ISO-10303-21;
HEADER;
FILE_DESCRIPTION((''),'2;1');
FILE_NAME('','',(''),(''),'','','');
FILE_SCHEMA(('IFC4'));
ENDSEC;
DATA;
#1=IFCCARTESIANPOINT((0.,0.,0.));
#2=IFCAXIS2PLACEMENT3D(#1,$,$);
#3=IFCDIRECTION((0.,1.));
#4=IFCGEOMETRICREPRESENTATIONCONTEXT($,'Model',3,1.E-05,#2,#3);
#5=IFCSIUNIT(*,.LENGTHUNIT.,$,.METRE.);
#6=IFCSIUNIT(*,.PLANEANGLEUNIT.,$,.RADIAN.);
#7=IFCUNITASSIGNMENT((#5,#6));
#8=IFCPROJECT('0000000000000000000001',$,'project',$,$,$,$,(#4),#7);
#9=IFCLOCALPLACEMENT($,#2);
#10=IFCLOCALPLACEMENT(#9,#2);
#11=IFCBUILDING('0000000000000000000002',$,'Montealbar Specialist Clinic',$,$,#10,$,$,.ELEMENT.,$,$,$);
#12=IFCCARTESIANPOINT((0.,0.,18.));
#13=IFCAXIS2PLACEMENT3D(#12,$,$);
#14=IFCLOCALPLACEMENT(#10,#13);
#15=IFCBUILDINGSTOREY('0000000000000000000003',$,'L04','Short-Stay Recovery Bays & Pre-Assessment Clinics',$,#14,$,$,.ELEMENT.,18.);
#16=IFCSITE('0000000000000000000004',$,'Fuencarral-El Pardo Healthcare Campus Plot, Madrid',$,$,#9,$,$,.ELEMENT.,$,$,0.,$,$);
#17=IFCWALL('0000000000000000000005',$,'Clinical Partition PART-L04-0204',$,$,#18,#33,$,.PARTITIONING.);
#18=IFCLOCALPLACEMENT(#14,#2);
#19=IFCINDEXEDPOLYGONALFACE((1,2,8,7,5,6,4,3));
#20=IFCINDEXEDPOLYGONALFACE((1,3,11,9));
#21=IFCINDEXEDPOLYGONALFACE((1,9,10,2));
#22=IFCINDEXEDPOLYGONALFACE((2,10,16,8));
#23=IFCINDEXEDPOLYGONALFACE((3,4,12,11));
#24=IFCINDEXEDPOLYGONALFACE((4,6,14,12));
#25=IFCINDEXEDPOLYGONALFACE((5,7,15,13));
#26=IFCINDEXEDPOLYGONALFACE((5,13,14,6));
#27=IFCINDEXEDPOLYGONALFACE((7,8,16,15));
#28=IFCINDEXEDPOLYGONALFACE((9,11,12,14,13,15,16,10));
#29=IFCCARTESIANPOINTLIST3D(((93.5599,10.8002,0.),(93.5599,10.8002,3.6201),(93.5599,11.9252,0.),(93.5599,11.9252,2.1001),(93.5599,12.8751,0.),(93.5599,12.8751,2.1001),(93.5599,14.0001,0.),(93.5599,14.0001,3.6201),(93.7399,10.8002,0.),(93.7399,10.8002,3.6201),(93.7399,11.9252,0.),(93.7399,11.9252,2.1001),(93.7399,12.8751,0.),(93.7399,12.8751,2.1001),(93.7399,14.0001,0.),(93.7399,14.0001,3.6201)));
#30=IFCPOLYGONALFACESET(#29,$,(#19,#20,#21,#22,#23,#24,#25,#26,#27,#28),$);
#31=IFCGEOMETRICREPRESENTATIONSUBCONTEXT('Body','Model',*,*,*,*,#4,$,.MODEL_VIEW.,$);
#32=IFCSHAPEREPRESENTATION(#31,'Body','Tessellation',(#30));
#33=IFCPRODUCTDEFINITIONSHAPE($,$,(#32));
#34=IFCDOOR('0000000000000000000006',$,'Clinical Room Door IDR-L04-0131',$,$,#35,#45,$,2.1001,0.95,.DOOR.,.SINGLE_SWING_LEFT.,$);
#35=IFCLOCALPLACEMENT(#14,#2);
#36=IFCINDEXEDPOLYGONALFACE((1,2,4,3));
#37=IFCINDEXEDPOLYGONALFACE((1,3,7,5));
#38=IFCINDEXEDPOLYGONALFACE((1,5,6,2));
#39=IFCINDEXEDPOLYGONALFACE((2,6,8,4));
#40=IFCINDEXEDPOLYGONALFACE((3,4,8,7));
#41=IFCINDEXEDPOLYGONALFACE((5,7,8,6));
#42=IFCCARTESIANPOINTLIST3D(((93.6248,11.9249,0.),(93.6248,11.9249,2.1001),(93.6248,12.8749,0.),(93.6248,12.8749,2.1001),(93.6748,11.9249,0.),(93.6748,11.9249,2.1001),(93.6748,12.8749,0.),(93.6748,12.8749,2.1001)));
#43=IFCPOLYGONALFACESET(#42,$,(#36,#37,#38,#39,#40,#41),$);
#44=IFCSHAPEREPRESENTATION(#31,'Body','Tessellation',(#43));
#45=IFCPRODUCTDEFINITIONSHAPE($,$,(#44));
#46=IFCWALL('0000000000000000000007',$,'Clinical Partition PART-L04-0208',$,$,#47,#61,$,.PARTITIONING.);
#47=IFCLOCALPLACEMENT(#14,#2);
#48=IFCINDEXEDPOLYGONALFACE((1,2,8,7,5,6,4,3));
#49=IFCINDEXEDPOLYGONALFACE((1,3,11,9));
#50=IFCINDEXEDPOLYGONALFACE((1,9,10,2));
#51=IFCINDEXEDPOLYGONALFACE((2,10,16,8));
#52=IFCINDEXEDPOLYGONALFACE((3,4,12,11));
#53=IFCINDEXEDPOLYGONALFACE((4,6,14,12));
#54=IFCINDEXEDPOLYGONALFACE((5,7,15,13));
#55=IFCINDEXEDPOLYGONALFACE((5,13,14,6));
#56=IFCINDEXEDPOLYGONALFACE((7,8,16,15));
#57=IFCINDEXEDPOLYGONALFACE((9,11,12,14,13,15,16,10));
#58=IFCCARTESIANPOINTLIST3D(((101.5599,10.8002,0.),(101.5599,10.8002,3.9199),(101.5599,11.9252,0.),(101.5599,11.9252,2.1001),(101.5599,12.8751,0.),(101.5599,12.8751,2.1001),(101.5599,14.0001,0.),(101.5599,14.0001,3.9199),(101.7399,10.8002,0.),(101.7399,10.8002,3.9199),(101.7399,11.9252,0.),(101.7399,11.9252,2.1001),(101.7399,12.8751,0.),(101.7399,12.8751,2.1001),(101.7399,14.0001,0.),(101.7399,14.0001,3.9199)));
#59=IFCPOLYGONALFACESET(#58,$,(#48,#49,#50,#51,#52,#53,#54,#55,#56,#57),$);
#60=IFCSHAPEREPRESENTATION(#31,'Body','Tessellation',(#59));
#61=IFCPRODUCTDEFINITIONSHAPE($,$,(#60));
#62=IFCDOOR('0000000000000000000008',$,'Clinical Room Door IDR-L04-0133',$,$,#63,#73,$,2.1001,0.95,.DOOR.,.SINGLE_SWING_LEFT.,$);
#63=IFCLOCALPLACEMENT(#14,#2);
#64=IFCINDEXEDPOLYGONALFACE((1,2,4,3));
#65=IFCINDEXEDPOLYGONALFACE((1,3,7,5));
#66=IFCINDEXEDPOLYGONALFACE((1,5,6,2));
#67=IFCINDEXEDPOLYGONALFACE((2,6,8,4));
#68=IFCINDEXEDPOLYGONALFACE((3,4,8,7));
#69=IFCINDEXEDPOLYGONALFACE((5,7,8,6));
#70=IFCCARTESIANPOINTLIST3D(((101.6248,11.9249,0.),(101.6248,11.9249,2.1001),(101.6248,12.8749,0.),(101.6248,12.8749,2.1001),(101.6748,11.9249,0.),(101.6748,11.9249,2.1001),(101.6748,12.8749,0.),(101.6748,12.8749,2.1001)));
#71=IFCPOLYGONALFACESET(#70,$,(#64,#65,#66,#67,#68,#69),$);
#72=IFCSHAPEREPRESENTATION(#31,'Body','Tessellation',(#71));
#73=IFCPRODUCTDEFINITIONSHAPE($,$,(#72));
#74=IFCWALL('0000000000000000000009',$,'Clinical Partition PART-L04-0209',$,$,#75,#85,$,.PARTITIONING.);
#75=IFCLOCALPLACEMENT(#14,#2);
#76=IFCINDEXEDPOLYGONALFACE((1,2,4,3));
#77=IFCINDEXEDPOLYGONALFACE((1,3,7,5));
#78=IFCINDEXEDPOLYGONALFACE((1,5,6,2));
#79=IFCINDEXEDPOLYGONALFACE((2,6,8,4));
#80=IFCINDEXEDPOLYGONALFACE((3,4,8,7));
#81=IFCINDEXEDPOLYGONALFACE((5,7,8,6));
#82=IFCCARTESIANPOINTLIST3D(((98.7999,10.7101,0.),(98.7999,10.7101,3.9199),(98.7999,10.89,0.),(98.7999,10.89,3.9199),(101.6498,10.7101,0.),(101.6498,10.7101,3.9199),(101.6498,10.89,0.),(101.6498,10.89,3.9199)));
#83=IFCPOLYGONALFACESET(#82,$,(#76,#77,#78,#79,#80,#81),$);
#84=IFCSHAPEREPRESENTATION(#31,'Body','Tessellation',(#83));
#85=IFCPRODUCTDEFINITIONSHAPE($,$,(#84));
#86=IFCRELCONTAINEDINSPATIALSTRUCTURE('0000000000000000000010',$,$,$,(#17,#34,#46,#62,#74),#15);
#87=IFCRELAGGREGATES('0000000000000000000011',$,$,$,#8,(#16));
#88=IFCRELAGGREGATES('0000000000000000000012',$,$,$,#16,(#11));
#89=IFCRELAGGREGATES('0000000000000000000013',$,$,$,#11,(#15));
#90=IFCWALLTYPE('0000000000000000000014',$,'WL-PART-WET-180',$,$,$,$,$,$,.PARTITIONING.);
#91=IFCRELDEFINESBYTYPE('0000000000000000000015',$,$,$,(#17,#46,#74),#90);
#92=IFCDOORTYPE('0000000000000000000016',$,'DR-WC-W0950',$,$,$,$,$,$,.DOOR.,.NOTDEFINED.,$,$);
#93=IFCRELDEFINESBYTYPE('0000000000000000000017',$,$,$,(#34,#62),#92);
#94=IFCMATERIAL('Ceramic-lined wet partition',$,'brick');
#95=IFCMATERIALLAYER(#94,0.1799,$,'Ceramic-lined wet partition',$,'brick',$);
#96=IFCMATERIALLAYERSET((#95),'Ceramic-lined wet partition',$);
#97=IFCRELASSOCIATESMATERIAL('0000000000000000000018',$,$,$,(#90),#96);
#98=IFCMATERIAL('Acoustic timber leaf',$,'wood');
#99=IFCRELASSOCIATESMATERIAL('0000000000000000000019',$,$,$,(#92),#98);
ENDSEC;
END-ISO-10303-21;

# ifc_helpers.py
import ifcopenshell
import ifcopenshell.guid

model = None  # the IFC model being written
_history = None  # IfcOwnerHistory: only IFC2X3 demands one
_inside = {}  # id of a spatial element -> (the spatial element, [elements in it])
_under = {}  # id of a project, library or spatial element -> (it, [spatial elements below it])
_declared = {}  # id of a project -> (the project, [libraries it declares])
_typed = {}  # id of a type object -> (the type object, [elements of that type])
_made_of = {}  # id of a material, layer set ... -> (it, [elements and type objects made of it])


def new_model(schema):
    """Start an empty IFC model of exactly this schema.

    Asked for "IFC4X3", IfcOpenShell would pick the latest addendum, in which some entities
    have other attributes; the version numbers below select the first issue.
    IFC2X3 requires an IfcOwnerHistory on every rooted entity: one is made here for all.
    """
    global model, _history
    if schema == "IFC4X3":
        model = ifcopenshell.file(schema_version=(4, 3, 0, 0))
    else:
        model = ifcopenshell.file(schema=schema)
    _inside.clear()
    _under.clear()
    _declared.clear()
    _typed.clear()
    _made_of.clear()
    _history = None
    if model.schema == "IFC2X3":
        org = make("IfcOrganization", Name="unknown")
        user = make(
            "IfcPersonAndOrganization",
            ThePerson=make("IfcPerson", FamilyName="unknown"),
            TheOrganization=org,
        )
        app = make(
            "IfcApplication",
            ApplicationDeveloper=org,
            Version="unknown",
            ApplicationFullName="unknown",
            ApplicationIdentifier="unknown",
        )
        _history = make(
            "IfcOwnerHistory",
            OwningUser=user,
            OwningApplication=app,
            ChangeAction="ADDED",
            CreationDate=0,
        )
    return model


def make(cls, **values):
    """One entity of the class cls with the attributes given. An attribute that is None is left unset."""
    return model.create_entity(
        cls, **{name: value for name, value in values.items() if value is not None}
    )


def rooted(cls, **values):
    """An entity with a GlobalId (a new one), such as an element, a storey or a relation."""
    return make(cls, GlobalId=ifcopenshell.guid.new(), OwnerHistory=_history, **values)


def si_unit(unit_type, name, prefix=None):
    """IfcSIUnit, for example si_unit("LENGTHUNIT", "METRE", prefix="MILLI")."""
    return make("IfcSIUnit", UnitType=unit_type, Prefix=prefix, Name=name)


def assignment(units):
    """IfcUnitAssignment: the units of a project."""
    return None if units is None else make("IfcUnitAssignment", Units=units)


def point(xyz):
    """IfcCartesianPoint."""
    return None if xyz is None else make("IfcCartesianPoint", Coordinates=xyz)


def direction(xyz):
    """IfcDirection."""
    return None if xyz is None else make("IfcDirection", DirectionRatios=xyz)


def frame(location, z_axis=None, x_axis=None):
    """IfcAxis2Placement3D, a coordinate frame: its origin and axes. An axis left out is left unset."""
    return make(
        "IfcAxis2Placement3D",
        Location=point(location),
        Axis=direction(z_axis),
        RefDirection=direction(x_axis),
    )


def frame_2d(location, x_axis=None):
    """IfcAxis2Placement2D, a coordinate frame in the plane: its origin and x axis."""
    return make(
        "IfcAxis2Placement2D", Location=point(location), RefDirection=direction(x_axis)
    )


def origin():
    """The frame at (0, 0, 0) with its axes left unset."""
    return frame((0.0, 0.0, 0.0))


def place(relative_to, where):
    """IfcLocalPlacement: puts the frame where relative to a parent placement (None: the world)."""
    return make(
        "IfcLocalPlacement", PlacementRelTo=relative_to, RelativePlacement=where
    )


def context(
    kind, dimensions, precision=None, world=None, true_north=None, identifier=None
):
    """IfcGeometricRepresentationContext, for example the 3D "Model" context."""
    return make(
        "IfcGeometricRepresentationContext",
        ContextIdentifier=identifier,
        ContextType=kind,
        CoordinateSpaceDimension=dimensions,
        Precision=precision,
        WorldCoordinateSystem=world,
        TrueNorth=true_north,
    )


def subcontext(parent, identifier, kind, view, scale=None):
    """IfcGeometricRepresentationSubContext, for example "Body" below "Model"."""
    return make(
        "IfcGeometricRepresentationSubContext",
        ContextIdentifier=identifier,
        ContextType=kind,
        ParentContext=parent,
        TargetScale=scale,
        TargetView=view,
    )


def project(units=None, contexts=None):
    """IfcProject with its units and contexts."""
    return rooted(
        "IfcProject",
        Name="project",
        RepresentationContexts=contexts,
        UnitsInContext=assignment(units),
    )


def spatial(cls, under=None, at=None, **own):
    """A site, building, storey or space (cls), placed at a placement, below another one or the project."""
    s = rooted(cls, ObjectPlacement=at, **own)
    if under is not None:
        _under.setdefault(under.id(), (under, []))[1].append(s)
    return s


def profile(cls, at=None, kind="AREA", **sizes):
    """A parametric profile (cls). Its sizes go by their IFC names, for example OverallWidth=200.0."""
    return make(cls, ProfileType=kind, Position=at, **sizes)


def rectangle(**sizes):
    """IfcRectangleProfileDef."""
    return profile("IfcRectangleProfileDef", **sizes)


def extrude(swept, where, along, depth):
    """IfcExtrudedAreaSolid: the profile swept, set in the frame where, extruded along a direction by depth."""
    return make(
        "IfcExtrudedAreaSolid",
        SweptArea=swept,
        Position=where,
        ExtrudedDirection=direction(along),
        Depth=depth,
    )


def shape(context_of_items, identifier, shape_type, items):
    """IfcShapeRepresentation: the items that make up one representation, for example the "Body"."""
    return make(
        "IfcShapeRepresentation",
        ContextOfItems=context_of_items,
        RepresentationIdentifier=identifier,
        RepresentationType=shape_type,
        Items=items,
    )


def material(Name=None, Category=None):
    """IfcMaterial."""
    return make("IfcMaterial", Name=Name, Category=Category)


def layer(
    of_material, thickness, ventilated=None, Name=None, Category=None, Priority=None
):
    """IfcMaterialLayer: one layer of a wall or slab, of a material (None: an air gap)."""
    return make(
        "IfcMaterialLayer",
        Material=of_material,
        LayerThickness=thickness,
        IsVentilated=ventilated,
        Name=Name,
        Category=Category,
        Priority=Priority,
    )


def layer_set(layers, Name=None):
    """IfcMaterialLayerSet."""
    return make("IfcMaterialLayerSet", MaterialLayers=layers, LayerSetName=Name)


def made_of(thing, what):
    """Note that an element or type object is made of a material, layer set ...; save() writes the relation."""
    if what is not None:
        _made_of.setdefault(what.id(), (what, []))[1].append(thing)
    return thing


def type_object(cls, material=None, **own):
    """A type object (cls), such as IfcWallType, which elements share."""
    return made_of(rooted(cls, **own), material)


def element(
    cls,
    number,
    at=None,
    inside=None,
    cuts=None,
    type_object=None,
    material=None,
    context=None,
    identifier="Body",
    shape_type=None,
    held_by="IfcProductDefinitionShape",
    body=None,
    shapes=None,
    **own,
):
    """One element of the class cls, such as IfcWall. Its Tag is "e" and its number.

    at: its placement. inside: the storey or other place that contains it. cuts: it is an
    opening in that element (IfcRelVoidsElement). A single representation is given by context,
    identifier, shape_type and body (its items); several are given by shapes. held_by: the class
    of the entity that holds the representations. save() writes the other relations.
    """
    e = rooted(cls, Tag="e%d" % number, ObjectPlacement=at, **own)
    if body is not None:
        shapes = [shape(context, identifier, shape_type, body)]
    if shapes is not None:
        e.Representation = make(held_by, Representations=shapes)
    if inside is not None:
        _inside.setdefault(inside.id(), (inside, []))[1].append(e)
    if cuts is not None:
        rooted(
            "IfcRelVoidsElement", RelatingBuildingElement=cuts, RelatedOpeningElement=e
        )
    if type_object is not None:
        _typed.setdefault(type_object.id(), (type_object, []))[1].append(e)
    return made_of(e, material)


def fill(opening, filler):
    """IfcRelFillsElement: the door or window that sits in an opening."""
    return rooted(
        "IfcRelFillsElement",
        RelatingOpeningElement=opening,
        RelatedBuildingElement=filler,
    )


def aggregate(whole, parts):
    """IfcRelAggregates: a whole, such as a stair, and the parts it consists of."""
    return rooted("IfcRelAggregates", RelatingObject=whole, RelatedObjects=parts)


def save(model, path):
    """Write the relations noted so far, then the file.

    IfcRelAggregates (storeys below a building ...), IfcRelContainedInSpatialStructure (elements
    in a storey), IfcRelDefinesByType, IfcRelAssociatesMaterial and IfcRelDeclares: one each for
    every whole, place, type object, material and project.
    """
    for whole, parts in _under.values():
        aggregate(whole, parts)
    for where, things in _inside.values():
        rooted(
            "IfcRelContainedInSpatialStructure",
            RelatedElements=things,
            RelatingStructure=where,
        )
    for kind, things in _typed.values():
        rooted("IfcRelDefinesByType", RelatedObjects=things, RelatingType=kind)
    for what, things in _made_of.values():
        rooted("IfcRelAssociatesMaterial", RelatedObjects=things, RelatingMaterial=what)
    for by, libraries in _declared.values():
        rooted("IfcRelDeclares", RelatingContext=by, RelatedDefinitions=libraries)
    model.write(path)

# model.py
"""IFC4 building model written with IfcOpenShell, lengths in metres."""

from ifc_helpers import new_model, si_unit, direction, frame, frame_2d, origin, place, context, subcontext, project, spatial, rectangle, extrude, material, layer, layer_set, type_object, element, fill, save


model = new_model("IFC4")

# Units and contexts
model_context = context("Model", 3, precision=1e-05, world=origin(), true_north=direction((0.0, 1.0)))
body_context = subcontext(model_context, "Body", "Model", "MODEL_VIEW")
ifc_project = project(units=[si_unit("LENGTHUNIT", "METRE"), si_unit("PLANEANGLEUNIT", "RADIAN")], contexts=[model_context])

# Site, building, storey
site_placement = place(None, origin())
site = spatial("IfcSite", under=ifc_project, at=site_placement, Name="Fuencarral-El Pardo Healthcare Campus Plot, Madrid", CompositionType="ELEMENT", RefElevation=0.0)
building_placement = place(site_placement, origin())
building = spatial("IfcBuilding", under=site, at=building_placement, Name="Montealbar Specialist Clinic", CompositionType="ELEMENT")
storey_placement = place(building_placement, frame((0.0, 0.0, 18.0)))
storey = spatial("IfcBuildingStorey", under=building, at=storey_placement, Name="L04", Description="Short-Stay Recovery Bays & Pre-Assessment Clinics", CompositionType="ELEMENT", Elevation=18.0)

# Walls, openings, doors
ifc_material_1 = material(Name="Acoustic timber leaf", Category="wood")
ifc_material_2 = material(Name="Ceramic-lined wet partition", Category="brick")
ifc_layer_1 = layer(ifc_material_2, 0.1799, Name="Ceramic-lined wet partition", Category="brick")
ifc_layer_set_1 = layer_set([ifc_layer_1], Name="Ceramic-lined wet partition")
wall_type_1 = type_object("IfcWallType", Name="WL-PART-WET-180", PredefinedType="PARTITIONING", material=ifc_layer_set_1)
wall_1_placement = place(storey_placement, frame((93.6499, 10.8, 0.0), z_axis=(0.0, 0.0, 1.0), x_axis=(0.0, 1.0, 0.0)))
wall_1 = element("IfcWall", 1, at=wall_1_placement, inside=storey, type_object=wall_type_1, Name="Clinical Partition PART-L04-0204", PredefinedType="PARTITIONING", context=body_context, shape_type="SweptSolid", body=[
    extrude(rectangle(XDim=3.2, YDim=0.1799, at=frame_2d((1.6001, 0.0))), origin(), (0.0, 0.0, 1.0), 3.6201),
])
opening_1_placement = place(wall_1_placement, frame((1.125, 0.0, 0.0)))
opening_1 = element("IfcOpeningElement", 2, at=opening_1_placement, cuts=wall_1, PredefinedType="OPENING", context=body_context, shape_type="SweptSolid", body=[
    extrude(rectangle(XDim=0.95, YDim=2.1001, at=frame_2d((0.4751, 1.05))), frame((0.0, 0.0999, 0.0), z_axis=(0.0, -1.0, 0.0), x_axis=(1.0, 0.0, 0.0)), (0.0, 0.0, 1.0), 0.2),
])
door_type_1 = type_object("IfcDoorType", Name="DR-WC-W0950", OperationType="NOTDEFINED", PredefinedType="DOOR", material=ifc_material_1)
door_1_placement = place(opening_1_placement, frame((0.95, 0.0, 0.0), z_axis=(0.0, 0.0, 1.0), x_axis=(-1.0, 0.0, 0.0)))
door_1 = element("IfcDoor", 3, at=door_1_placement, inside=storey, type_object=door_type_1, Name="Clinical Room Door IDR-L04-0131", OperationType="SINGLE_SWING_LEFT", OverallHeight=2.1001, OverallWidth=0.95, PredefinedType="DOOR", context=body_context, shape_type="SweptSolid", body=[
    extrude(rectangle(XDim=0.95, YDim=2.1001, at=frame_2d((0.4751, 1.05))), frame((0.0, 0.0249, 0.0), z_axis=(0.0, -1.0, 0.0), x_axis=(1.0, 0.0, 0.0)), (0.0, 0.0, 1.0), 0.05),
])
fill(opening_1, door_1)
wall_2_placement = place(storey_placement, frame((101.6499, 10.8, 0.0), z_axis=(0.0, 0.0, 1.0), x_axis=(0.0, 1.0, 0.0)))
wall_2 = element("IfcWall", 4, at=wall_2_placement, inside=storey, type_object=wall_type_1, Name="Clinical Partition PART-L04-0208", PredefinedType="PARTITIONING", context=body_context, shape_type="SweptSolid", body=[
    extrude(rectangle(XDim=3.2, YDim=0.1799, at=frame_2d((1.6001, 0.0))), origin(), (0.0, 0.0, 1.0), 3.9199),
])
opening_2_placement = place(wall_2_placement, frame((1.125, 0.0, 0.0)))
opening_2 = element("IfcOpeningElement", 5, at=opening_2_placement, cuts=wall_2, PredefinedType="OPENING", context=body_context, shape_type="SweptSolid", body=[
    extrude(rectangle(XDim=0.95, YDim=2.1001, at=frame_2d((0.4751, 1.05))), frame((0.0, 0.0999, 0.0), z_axis=(0.0, -1.0, 0.0), x_axis=(1.0, 0.0, 0.0)), (0.0, 0.0, 1.0), 0.2),
])
door_2_placement = place(opening_2_placement, frame((0.95, 0.0, 0.0), z_axis=(0.0, 0.0, 1.0), x_axis=(-1.0, 0.0, 0.0)))
door_2 = element("IfcDoor", 6, at=door_2_placement, inside=storey, type_object=door_type_1, Name="Clinical Room Door IDR-L04-0133", OperationType="SINGLE_SWING_LEFT", OverallHeight=2.1001, OverallWidth=0.95, PredefinedType="DOOR", context=body_context, shape_type="SweptSolid", body=[
    extrude(rectangle(XDim=0.95, YDim=2.1001, at=frame_2d((0.4751, 1.05))), frame((0.0, 0.0249, 0.0), z_axis=(0.0, -1.0, 0.0), x_axis=(1.0, 0.0, 0.0)), (0.0, 0.0, 1.0), 0.05),
])
fill(opening_2, door_2)

# Wall
wall_3_placement = place(storey_placement, frame((98.8, 10.8, 0.0), z_axis=(0.0, 0.0, 1.0), x_axis=(1.0, 0.0, 0.0)))
element("IfcWall", 7, at=wall_3_placement, inside=storey, type_object=wall_type_1, Name="Clinical Partition PART-L04-0209", PredefinedType="PARTITIONING", context=body_context, shape_type="SweptSolid", body=[
    extrude(rectangle(XDim=2.8499, YDim=0.1799, at=frame_2d((1.4248, 0.0))), origin(), (0.0, 0.0, 1.0), 3.9199),
])

save(model, "model.ifc")
